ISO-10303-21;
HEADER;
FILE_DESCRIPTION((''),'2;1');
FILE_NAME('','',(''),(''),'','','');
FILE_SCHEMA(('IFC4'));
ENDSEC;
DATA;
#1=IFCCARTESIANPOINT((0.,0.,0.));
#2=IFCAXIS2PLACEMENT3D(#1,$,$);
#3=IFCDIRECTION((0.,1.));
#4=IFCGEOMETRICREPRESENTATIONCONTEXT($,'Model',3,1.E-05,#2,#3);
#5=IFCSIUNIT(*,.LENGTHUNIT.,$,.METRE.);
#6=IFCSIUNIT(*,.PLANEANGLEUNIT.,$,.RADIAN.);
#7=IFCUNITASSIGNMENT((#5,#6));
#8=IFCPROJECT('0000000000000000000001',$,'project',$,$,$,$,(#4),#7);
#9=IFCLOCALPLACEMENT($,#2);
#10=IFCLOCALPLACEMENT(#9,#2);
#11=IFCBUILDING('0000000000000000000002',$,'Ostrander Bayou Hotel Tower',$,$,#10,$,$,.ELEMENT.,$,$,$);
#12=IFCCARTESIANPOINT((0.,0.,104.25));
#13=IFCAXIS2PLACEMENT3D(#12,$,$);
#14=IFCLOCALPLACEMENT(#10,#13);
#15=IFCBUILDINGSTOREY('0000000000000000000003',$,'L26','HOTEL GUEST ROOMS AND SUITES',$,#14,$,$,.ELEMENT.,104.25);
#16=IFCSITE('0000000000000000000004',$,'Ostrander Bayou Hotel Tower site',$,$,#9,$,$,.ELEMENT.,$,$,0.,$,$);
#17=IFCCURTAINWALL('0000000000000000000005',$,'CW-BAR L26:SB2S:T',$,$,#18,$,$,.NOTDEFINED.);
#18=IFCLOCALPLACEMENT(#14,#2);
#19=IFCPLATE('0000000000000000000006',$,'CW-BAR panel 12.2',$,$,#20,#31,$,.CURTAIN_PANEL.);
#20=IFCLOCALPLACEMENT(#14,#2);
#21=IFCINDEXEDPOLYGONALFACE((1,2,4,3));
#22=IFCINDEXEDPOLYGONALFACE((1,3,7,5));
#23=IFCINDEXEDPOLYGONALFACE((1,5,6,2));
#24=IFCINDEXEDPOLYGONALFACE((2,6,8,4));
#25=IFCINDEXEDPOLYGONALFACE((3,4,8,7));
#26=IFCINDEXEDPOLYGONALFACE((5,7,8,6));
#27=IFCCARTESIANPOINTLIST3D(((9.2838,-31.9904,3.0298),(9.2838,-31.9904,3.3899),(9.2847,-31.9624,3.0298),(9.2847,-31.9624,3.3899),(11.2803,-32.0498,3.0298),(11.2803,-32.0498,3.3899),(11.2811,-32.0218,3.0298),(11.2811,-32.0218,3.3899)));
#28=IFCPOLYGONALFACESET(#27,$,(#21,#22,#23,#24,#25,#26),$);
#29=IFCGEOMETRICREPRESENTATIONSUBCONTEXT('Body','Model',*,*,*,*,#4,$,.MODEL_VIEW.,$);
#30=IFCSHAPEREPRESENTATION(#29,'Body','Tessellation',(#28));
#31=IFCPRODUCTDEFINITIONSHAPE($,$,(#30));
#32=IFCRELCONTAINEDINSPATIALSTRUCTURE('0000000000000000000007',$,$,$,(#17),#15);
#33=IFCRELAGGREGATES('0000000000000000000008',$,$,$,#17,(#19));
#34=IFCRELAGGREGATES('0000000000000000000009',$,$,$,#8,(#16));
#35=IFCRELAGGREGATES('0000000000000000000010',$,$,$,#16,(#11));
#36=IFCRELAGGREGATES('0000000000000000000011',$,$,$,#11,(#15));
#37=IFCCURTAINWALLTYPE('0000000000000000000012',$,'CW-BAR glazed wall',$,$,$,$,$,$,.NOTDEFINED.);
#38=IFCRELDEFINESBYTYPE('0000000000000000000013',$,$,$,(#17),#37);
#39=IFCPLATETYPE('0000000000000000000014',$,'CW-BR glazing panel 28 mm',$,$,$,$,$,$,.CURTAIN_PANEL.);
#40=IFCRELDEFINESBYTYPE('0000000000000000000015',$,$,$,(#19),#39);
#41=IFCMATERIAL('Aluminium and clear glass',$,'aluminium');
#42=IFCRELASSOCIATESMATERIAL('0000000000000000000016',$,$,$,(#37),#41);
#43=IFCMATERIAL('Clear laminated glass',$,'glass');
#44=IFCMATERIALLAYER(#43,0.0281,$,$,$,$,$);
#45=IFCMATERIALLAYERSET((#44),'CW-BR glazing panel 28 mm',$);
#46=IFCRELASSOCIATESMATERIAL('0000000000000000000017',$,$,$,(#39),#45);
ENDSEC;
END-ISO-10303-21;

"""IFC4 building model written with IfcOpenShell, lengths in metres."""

from ifc_helpers import new_model, si_unit, direction, frame, origin, origin_2d, place, context, subcontext, project, spatial, rectangle, extrude, material, layer, layer_set, type_object, element, aggregate, save


model = new_model("IFC4")

# Units and contexts
model_context = context("Model", 3, precision=1e-05, world=origin(), true_north=direction((0.0, 1.0)))
body_context = subcontext(model_context, "Body", "Model", "MODEL_VIEW")
ifc_project = project(units=[si_unit("LENGTHUNIT", "METRE"), si_unit("PLANEANGLEUNIT", "RADIAN")], contexts=[model_context])

# Site, building, storey
site_placement = place(None, origin())
site = spatial("IfcSite", under=ifc_project, at=site_placement, Name="Ostrander Bayou Hotel Tower site", CompositionType="ELEMENT", RefElevation=0.0)
building_placement = place(site_placement, origin())
building = spatial("IfcBuilding", under=site, at=building_placement, Name="Ostrander Bayou Hotel Tower", CompositionType="ELEMENT")
storey_placement = place(building_placement, frame((0.0, 0.0, 104.25)))
storey = spatial("IfcBuildingStorey", under=building, at=storey_placement, Name="L26", Description="HOTEL GUEST ROOMS AND SUITES", CompositionType="ELEMENT", Elevation=104.25)

# Curtain wall, plate
ifc_material_1 = material(Name="Aluminium and clear glass", Category="aluminium")
curtain_wall_type = type_object("IfcCurtainWallType", Name="CW-BAR glazed wall", PredefinedType="NOTDEFINED", material=ifc_material_1)
curtain_wall_placement = place(storey_placement, origin())
curtain_wall = element("IfcCurtainWall", 1, at=curtain_wall_placement, inside=storey, type_object=curtain_wall_type, Name="CW-BAR L26:SB2S:T", PredefinedType="NOTDEFINED")
ifc_material_2 = material(Name="Clear laminated glass", Category="glass")
ifc_layer_1 = layer(ifc_material_2, 0.0281)
ifc_layer_set_1 = layer_set([ifc_layer_1], Name="CW-BR glazing panel 28 mm")
plate_type = type_object("IfcPlateType", Name="CW-BR glazing panel 28 mm", PredefinedType="CURTAIN_PANEL", material=ifc_layer_set_1)
plate_1_placement = place(storey_placement, frame((10.2825, -32.0061, 3.0298), z_axis=(0.0, 0.0, 1.0), x_axis=(0.999557, -0.029746, 0.0)))
plate_1 = element("IfcPlate", 2, at=plate_1_placement, type_object=plate_type, Name="CW-BAR panel 12.2", PredefinedType="CURTAIN_PANEL", context=body_context, shape_type="SweptSolid", body=[
    extrude(rectangle(XDim=1.9973, YDim=0.0281, at=origin_2d()), origin(), (0.0, 0.0, 1.0), 0.3601),
])
aggregate(curtain_wall, [plate_1])

save(model, "model.ifc")
